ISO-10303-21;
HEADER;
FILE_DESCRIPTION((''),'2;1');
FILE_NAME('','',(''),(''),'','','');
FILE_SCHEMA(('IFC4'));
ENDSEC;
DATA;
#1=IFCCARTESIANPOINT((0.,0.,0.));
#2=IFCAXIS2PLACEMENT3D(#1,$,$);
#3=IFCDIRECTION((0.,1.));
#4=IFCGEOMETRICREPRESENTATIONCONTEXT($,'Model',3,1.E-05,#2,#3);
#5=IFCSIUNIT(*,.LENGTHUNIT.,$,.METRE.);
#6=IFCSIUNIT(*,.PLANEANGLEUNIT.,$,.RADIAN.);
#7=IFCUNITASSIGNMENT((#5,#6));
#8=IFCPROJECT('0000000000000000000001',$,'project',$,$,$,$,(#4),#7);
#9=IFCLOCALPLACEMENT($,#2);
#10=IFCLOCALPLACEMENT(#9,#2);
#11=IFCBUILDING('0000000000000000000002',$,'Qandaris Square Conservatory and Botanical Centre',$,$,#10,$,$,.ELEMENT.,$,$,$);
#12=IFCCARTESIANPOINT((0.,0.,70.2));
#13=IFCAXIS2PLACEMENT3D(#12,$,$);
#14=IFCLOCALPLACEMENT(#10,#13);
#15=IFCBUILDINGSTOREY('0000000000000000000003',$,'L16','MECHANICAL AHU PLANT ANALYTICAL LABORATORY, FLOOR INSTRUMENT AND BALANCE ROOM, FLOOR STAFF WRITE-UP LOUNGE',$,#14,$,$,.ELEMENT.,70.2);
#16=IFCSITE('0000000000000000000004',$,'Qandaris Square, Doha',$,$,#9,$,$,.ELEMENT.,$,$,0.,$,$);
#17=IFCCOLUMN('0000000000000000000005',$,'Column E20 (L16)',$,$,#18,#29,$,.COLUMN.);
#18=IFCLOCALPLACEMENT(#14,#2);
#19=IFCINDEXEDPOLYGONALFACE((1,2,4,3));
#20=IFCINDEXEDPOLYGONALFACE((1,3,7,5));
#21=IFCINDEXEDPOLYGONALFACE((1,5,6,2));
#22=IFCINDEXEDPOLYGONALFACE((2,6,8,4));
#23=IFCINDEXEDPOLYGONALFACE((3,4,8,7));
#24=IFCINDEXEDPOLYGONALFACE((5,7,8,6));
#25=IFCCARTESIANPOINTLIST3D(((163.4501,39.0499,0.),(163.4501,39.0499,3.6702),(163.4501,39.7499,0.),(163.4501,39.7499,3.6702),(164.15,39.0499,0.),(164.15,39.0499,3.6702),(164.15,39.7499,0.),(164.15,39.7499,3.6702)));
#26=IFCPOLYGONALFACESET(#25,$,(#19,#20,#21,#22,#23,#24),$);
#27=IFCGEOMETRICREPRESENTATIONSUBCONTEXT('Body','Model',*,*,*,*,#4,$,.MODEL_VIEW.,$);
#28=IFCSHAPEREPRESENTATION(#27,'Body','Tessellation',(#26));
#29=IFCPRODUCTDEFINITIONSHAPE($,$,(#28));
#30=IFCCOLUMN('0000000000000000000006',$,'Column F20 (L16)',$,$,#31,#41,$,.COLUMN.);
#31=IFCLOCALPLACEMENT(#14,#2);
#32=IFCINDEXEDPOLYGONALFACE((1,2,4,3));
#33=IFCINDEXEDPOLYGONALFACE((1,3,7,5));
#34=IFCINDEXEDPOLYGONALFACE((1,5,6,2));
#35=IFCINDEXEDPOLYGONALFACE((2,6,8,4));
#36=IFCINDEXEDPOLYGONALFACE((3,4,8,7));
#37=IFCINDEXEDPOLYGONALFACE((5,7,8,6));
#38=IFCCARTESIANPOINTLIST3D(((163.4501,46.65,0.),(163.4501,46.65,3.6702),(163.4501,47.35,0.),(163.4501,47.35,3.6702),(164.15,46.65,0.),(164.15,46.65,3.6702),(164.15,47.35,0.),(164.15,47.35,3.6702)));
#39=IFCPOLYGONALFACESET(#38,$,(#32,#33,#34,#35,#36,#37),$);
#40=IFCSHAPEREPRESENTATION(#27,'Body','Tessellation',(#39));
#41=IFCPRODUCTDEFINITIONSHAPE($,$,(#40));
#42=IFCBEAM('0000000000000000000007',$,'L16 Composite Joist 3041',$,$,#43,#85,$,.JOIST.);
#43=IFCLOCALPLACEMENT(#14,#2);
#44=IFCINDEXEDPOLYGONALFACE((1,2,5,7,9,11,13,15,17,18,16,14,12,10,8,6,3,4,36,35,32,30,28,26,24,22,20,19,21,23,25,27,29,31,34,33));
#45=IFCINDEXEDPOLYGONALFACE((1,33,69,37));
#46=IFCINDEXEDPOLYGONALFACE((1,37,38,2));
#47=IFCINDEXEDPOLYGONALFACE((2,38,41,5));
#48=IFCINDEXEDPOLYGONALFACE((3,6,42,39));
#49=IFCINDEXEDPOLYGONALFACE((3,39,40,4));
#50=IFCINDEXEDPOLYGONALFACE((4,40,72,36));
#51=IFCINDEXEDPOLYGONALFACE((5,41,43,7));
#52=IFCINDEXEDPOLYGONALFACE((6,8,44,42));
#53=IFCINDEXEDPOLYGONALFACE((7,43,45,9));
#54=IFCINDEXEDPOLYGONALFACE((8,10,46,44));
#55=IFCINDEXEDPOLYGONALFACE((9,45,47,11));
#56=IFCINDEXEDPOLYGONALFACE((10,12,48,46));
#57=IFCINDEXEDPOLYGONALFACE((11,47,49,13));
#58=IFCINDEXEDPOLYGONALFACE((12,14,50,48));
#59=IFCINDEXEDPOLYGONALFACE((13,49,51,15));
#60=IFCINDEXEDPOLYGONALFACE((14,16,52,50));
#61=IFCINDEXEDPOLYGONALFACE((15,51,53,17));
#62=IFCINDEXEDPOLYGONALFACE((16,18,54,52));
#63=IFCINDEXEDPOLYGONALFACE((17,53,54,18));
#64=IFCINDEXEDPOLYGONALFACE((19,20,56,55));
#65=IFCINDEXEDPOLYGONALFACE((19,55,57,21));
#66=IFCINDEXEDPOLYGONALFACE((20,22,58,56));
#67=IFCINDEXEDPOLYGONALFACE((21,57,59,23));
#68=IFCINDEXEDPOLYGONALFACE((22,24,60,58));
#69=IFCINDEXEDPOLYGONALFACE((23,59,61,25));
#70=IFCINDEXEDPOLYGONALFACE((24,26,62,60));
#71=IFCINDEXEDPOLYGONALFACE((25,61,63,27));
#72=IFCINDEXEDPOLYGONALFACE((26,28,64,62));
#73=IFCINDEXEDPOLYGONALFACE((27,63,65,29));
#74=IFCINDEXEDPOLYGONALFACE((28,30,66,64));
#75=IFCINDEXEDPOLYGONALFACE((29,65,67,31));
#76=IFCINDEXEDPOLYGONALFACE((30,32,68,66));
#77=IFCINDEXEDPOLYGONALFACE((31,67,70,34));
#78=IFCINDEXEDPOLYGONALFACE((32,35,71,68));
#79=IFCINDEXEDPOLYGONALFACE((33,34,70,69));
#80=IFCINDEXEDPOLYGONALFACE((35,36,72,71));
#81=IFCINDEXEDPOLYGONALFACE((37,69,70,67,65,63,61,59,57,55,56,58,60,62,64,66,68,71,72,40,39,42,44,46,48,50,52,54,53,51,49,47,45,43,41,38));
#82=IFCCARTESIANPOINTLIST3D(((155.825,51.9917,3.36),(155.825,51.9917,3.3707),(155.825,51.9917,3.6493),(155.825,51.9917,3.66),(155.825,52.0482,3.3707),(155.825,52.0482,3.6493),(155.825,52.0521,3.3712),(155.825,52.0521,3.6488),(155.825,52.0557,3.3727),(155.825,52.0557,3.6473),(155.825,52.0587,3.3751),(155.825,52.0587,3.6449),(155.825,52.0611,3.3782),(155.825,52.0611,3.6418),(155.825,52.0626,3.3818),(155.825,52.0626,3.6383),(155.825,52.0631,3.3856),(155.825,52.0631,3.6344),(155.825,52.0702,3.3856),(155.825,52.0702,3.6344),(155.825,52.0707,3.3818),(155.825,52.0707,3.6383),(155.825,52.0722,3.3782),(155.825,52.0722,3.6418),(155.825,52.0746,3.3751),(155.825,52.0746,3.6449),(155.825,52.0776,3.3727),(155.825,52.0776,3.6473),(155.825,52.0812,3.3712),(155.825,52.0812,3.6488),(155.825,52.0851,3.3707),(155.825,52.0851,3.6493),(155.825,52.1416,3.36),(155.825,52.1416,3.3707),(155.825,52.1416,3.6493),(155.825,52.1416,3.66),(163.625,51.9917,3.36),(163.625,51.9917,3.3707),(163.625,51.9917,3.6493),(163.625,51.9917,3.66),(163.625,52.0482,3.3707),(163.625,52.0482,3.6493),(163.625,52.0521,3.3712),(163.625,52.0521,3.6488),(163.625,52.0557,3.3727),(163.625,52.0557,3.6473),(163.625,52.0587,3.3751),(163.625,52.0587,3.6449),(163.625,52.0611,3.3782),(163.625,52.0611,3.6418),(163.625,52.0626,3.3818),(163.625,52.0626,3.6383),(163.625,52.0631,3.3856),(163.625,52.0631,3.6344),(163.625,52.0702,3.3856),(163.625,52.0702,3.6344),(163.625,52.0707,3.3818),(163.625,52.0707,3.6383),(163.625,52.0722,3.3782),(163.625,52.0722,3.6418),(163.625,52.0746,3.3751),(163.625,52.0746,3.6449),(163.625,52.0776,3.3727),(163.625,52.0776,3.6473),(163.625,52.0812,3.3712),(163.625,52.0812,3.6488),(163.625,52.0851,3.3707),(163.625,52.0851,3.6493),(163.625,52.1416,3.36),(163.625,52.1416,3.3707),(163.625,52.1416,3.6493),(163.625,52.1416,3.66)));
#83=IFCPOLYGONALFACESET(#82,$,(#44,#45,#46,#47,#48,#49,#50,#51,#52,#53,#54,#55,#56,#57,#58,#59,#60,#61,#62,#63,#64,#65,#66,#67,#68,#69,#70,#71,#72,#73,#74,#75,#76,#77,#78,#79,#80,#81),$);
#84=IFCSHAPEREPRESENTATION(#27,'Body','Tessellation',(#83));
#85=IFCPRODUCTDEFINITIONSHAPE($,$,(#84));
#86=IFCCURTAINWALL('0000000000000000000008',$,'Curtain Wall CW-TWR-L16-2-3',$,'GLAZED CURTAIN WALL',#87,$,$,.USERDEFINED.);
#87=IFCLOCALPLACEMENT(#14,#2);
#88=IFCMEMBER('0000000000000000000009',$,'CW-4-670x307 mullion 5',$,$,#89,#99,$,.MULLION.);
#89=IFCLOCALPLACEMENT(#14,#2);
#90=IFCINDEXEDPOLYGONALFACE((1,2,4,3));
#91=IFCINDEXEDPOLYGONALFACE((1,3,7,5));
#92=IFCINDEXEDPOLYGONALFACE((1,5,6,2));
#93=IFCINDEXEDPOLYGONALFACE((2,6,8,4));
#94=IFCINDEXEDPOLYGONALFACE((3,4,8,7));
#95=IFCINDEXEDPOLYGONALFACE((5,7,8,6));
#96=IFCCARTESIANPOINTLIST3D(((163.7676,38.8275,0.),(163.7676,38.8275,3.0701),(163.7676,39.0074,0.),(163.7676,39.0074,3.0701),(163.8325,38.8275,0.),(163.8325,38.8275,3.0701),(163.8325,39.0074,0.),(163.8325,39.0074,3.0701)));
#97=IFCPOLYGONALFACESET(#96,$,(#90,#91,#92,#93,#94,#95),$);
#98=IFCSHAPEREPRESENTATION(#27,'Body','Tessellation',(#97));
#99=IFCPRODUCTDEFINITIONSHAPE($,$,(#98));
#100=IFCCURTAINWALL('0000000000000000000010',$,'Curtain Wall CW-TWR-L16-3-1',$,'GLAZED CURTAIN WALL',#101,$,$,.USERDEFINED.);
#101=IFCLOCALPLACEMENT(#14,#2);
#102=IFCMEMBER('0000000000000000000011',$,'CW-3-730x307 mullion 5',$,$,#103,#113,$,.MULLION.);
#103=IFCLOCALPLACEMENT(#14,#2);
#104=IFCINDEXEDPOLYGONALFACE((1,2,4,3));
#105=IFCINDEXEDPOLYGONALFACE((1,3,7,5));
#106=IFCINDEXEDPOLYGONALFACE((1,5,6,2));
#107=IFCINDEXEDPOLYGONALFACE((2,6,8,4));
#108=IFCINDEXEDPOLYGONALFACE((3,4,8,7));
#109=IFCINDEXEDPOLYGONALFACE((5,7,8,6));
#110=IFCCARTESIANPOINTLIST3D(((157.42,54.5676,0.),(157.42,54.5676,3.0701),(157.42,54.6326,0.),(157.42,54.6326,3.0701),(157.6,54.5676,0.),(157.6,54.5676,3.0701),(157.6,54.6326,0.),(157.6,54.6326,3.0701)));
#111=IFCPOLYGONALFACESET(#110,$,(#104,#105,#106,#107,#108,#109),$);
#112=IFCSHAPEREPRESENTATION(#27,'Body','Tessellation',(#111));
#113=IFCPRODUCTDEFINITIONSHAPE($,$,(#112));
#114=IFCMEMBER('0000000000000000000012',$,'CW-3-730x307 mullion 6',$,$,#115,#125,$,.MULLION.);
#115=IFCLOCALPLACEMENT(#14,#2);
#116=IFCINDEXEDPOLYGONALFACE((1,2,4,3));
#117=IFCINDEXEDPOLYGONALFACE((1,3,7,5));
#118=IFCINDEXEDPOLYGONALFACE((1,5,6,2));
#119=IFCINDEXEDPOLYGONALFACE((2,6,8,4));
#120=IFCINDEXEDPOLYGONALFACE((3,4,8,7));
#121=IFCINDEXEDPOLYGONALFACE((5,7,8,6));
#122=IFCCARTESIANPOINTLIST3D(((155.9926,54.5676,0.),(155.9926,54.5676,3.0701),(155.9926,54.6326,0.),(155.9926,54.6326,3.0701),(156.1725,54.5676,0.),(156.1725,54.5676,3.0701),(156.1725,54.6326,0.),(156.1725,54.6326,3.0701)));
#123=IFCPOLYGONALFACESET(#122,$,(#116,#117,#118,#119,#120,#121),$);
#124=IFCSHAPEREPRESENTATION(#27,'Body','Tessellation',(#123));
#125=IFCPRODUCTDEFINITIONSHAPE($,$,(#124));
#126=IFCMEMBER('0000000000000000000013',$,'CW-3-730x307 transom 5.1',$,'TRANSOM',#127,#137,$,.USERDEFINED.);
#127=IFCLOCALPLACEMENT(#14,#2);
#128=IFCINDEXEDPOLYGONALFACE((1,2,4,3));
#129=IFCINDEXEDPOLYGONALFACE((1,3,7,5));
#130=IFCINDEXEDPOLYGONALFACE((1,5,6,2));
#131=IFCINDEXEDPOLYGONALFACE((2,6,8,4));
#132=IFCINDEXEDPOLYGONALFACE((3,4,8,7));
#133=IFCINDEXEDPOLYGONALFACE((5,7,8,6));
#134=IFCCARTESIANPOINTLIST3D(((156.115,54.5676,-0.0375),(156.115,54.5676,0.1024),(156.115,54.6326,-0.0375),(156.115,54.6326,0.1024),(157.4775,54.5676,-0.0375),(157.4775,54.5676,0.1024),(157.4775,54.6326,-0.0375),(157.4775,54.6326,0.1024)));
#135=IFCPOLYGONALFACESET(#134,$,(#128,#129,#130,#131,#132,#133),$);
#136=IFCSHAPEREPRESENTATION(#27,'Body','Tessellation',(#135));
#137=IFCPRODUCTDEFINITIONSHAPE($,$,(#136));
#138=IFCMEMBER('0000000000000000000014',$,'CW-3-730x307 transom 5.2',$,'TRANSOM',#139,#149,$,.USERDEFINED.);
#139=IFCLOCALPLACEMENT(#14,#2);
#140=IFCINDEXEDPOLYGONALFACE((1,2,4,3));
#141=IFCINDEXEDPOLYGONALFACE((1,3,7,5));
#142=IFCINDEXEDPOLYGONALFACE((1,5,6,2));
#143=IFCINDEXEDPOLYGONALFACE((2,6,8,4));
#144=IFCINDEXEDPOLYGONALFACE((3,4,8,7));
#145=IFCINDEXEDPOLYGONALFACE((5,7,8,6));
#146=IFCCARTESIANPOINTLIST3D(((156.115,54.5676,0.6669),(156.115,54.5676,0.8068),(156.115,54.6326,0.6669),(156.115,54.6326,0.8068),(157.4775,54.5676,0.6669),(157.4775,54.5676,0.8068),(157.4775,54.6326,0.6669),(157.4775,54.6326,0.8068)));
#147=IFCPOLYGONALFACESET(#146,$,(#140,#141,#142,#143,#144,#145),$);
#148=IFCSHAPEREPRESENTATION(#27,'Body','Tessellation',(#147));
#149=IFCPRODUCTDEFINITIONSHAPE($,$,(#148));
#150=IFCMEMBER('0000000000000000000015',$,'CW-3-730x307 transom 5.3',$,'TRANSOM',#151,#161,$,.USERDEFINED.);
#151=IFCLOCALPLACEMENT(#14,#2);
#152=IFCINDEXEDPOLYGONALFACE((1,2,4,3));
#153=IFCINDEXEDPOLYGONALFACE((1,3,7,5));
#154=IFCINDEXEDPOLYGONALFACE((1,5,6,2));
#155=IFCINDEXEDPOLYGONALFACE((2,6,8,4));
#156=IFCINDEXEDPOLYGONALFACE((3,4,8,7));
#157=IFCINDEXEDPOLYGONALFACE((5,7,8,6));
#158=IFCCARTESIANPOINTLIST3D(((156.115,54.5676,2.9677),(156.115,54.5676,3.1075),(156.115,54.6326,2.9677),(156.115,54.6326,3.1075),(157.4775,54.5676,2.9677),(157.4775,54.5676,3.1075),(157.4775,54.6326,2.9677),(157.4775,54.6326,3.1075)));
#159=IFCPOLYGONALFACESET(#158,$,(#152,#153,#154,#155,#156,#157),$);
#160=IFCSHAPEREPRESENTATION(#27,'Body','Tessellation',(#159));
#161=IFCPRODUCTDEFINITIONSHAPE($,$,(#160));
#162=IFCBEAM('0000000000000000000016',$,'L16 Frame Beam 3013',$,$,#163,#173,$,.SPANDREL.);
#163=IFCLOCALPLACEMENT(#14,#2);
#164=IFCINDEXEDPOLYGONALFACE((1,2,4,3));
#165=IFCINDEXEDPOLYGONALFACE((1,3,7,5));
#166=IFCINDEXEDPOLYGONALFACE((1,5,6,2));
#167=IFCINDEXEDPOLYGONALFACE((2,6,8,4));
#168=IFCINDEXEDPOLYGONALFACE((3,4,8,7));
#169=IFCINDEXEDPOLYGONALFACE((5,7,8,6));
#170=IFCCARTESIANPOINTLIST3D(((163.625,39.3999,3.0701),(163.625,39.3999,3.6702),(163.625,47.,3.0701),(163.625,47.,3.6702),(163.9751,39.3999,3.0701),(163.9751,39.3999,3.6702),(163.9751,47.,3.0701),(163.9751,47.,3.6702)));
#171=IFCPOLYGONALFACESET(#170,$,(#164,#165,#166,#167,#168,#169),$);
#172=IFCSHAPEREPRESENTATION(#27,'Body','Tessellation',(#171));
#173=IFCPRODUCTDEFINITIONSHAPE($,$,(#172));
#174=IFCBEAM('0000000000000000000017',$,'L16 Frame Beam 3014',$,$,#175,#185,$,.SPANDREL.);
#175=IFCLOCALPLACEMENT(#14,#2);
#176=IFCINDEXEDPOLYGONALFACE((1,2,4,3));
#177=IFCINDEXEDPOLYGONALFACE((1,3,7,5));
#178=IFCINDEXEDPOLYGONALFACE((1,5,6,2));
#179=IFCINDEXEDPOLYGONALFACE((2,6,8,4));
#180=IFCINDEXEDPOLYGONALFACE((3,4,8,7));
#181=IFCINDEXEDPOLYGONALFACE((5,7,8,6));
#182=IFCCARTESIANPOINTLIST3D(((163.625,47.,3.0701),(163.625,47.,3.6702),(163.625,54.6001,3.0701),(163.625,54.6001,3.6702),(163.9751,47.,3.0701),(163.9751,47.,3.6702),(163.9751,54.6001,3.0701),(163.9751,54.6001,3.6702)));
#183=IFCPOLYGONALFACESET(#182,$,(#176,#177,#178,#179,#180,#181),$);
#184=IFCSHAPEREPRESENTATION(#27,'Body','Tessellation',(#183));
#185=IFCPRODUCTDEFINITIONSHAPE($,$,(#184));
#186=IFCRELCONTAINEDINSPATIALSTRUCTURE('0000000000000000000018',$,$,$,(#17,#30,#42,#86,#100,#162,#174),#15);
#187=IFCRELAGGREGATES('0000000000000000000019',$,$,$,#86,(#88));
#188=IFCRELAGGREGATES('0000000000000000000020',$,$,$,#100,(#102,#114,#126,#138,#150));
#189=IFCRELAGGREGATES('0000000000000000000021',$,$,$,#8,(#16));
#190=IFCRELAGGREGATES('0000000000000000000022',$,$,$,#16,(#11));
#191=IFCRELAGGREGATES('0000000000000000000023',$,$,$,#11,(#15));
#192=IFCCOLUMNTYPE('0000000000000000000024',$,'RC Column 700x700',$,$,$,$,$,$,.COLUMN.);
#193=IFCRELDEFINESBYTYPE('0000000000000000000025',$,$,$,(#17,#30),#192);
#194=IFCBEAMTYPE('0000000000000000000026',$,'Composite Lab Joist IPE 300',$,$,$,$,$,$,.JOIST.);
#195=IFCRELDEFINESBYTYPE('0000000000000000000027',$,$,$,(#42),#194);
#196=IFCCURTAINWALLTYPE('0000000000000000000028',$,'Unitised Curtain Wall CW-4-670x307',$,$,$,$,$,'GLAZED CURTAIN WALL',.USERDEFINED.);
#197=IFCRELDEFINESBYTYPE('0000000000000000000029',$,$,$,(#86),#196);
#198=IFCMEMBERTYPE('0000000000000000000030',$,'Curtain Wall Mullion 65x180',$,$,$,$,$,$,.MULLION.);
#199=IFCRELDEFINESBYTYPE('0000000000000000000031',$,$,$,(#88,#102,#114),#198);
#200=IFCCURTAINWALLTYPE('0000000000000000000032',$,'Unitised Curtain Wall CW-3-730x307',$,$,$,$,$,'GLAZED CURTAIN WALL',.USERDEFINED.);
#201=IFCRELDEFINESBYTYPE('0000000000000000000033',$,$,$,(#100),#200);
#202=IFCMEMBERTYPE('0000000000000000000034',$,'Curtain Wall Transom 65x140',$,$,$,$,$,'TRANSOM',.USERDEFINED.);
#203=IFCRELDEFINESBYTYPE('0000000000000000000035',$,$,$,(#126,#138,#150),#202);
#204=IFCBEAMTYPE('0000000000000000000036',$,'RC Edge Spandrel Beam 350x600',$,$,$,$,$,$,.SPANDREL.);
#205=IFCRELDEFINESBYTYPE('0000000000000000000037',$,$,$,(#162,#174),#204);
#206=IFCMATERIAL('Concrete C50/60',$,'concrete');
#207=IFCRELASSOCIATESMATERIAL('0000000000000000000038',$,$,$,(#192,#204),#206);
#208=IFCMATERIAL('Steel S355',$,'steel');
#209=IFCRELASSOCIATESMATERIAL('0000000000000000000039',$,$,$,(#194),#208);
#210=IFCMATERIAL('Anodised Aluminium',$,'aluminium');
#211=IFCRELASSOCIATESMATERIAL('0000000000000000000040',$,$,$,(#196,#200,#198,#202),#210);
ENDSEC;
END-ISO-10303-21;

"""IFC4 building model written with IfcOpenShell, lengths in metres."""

from ifc_helpers import new_model, si_unit, direction, frame, origin, origin_2d, place, context, subcontext, project, spatial, rectangle, i_section, extrude, material, material_profile, profile_set, type_object, element, aggregate, save


model = new_model("IFC4")

# Units and contexts
model_context = context("Model", 3, precision=1e-05, world=origin(), true_north=direction((0.0, 1.0)))
body_context = subcontext(model_context, "Body", "Model", "MODEL_VIEW")
ifc_project = project(units=[si_unit("LENGTHUNIT", "METRE"), si_unit("PLANEANGLEUNIT", "RADIAN")], contexts=[model_context])

# Site, building, storey
site_placement = place(None, origin())
site = spatial("IfcSite", under=ifc_project, at=site_placement, Name="Qandaris Square, Doha", CompositionType="ELEMENT", RefElevation=0.0)
building_placement = place(site_placement, origin())
building = spatial("IfcBuilding", under=site, at=building_placement, Name="Qandaris Square Conservatory and Botanical Centre", CompositionType="ELEMENT")
storey_placement = place(building_placement, frame((0.0, 0.0, 70.2)))
storey = spatial("IfcBuildingStorey", under=building, at=storey_placement, Name="L16", Description="MECHANICAL AHU PLANT ANALYTICAL LABORATORY, FLOOR INSTRUMENT AND BALANCE ROOM, FLOOR STAFF WRITE-UP LOUNGE", CompositionType="ELEMENT", Elevation=70.2)

# Columns
ifc_material_1 = material(Name="Concrete C50/60", Category="concrete")
ifc_material_profile_1 = material_profile(ifc_material_1, rectangle(XDim=0.7, YDim=0.7, at=origin_2d()), Name="RC-COL 700x700")
ifc_profile_set_1 = profile_set([ifc_material_profile_1], Name="Concrete C50/60")
column_type = type_object("IfcColumnType", Name="RC Column 700x700", PredefinedType="COLUMN", material=ifc_profile_set_1)
for number, where, z_axis, x_axis, name in (
    (1, (163.8, 39.3999, 0.0), (0.0, 0.0, 1.0), (1.0, 0.0, 0.0), "Column E20 (L16)"),
    (2, (163.8, 47.0, 0.0), (0.0, 0.0, 1.0), (1.0, 0.0, 0.0), "Column F20 (L16)"),
):
    element("IfcColumn", number, at=place(storey_placement, frame(where, z_axis=z_axis, x_axis=x_axis)), inside=storey, type_object=column_type, Name=name, PredefinedType="COLUMN", context=body_context, shape_type="SweptSolid", body=[
        extrude(rectangle(XDim=0.7, YDim=0.7, at=origin_2d()), origin(), (0.0, 0.0, 1.0), 3.6702),
    ])

# Beam
ifc_material_2 = material(Name="Steel S355", Category="steel")
ifc_material_profile_2 = material_profile(ifc_material_2, i_section(OverallWidth=0.1499, OverallDepth=0.3, WebThickness=0.0071, FlangeThickness=0.0107, FilletRadius=0.0149, at=origin_2d()), Name="IPE 300")
ifc_profile_set_2 = profile_set([ifc_material_profile_2], Name="Steel S355")
beam_type_1 = type_object("IfcBeamType", Name="Composite Lab Joist IPE 300", PredefinedType="JOIST", material=ifc_profile_set_2)
beam_placement = place(storey_placement, frame((155.825, 52.0667, 3.51), z_axis=(1.0, 0.0, 0.0), x_axis=(0.0, 1.0, 0.0)))
element("IfcBeam", 3, at=beam_placement, inside=storey, type_object=beam_type_1, Name="L16 Composite Joist 3041", PredefinedType="JOIST", context=body_context, shape_type="SweptSolid", body=[
    extrude(i_section(OverallWidth=0.1499, OverallDepth=0.3, WebThickness=0.0071, FlangeThickness=0.0107, FilletRadius=0.0149, at=origin_2d()), origin(), (0.0, 0.0, 1.0), 7.8),
])

# Curtain wall, member
ifc_material_3 = material(Name="Anodised Aluminium", Category="aluminium")
curtain_wall_type_1 = type_object("IfcCurtainWallType", Name="Unitised Curtain Wall CW-4-670x307", ElementType="GLAZED CURTAIN WALL", PredefinedType="USERDEFINED", material=ifc_material_3)
curtain_wall_1_placement = place(storey_placement, origin())
curtain_wall_1 = element("IfcCurtainWall", 4, at=curtain_wall_1_placement, inside=storey, type_object=curtain_wall_type_1, Name="Curtain Wall CW-TWR-L16-2-3", ObjectType="GLAZED CURTAIN WALL", PredefinedType="USERDEFINED")
ifc_material_profile_3 = material_profile(ifc_material_3, rectangle(XDim=0.0649, YDim=0.1799, at=origin_2d()), Name="ALU-MUL 65x180")
ifc_profile_set_3 = profile_set([ifc_material_profile_3], Name="Anodised Aluminium")
member_type_1 = type_object("IfcMemberType", Name="Curtain Wall Mullion 65x180", PredefinedType="MULLION", material=ifc_profile_set_3)
member_1_placement = place(storey_placement, frame((163.8, 38.9175, 0.0), z_axis=(0.0, 0.0, 1.0), x_axis=(-1.0, 0.0, 0.0)))
member_1 = element("IfcMember", 5, at=member_1_placement, type_object=member_type_1, Name="CW-4-670x307 mullion 5", PredefinedType="MULLION", context=body_context, shape_type="SweptSolid", body=[
    extrude(rectangle(XDim=0.0649, YDim=0.1799, at=origin_2d()), origin(), (0.0, 0.0, 1.0), 3.0701),
])
aggregate(curtain_wall_1, [member_1])

# Curtain wall, members
curtain_wall_type_2 = type_object("IfcCurtainWallType", Name="Unitised Curtain Wall CW-3-730x307", ElementType="GLAZED CURTAIN WALL", PredefinedType="USERDEFINED", material=ifc_material_3)
curtain_wall_2_placement = place(storey_placement, origin())
curtain_wall_2 = element("IfcCurtainWall", 6, at=curtain_wall_2_placement, inside=storey, type_object=curtain_wall_type_2, Name="Curtain Wall CW-TWR-L16-3-1", ObjectType="GLAZED CURTAIN WALL", PredefinedType="USERDEFINED")
member_2_placement = place(storey_placement, frame((157.51, 54.6001, 0.0), z_axis=(0.0, 0.0, 1.0), x_axis=(0.0, -1.0, 0.0)))
member_2 = element("IfcMember", 7, at=member_2_placement, type_object=member_type_1, Name="CW-3-730x307 mullion 5", PredefinedType="MULLION", context=body_context, shape_type="SweptSolid", body=[
    extrude(rectangle(XDim=0.0649, YDim=0.1799, at=origin_2d()), origin(), (0.0, 0.0, 1.0), 3.0701),
])
member_3_placement = place(storey_placement, frame((156.0825, 54.6001, 0.0), z_axis=(0.0, 0.0, 1.0), x_axis=(0.0, -1.0, 0.0)))
member_3 = element("IfcMember", 8, at=member_3_placement, type_object=member_type_1, Name="CW-3-730x307 mullion 6", PredefinedType="MULLION", context=body_context, shape_type="SweptSolid", body=[
    extrude(rectangle(XDim=0.0649, YDim=0.1799, at=origin_2d()), origin(), (0.0, 0.0, 1.0), 3.0701),
])
ifc_material_profile_4 = material_profile(ifc_material_3, rectangle(XDim=0.0649, YDim=0.1399, at=origin_2d()), Name="ALU-TRN 65x140")
ifc_profile_set_4 = profile_set([ifc_material_profile_4], Name="Anodised Aluminium")
member_type_2 = type_object("IfcMemberType", Name="Curtain Wall Transom 65x140", ElementType="TRANSOM", PredefinedType="USERDEFINED", material=ifc_profile_set_4)
member_4_placement = place(storey_placement, frame((157.4775, 54.6001, 0.0325), z_axis=(-1.0, 0.0, 0.0), x_axis=(0.0, -1.0, 0.0)))
member_4 = element("IfcMember", 9, at=member_4_placement, type_object=member_type_2, Name="CW-3-730x307 transom 5.1", ObjectType="TRANSOM", PredefinedType="USERDEFINED", context=body_context, shape_type="SweptSolid", body=[
    extrude(rectangle(XDim=0.0649, YDim=0.1399, at=origin_2d()), origin(), (0.0, 0.0, 1.0), 1.3625),
])
member_5_placement = place(storey_placement, frame((157.4775, 54.6001, 0.7368), z_axis=(-1.0, 0.0, 0.0), x_axis=(0.0, -1.0, 0.0)))
member_5 = element("IfcMember", 10, at=member_5_placement, type_object=member_type_2, Name="CW-3-730x307 transom 5.2", ObjectType="TRANSOM", PredefinedType="USERDEFINED", context=body_context, shape_type="SweptSolid", body=[
    extrude(rectangle(XDim=0.0649, YDim=0.1399, at=origin_2d()), origin(), (0.0, 0.0, 1.0), 1.3625),
])
member_6_placement = place(storey_placement, frame((157.4775, 54.6001, 3.0376), z_axis=(-1.0, 0.0, 0.0), x_axis=(0.0, -1.0, 0.0)))
member_6 = element("IfcMember", 11, at=member_6_placement, type_object=member_type_2, Name="CW-3-730x307 transom 5.3", ObjectType="TRANSOM", PredefinedType="USERDEFINED", context=body_context, shape_type="SweptSolid", body=[
    extrude(rectangle(XDim=0.0649, YDim=0.1399, at=origin_2d()), origin(), (0.0, 0.0, 1.0), 1.3625),
])

# Beams
ifc_material_profile_5 = material_profile(ifc_material_1, rectangle(XDim=0.3501, YDim=0.6001, at=origin_2d()), Name="RC-SP 350x600")
ifc_profile_set_5 = profile_set([ifc_material_profile_5], Name="Concrete C50/60")
beam_type_2 = type_object("IfcBeamType", Name="RC Edge Spandrel Beam 350x600", PredefinedType="SPANDREL", material=ifc_profile_set_5)
for number, where, z_axis, x_axis, name in (
    (12, (163.8, 39.3999, 3.3701), (0.0, 1.0, 0.0), (-1.0, 0.0, 0.0), "L16 Frame Beam 3013"),
    (13, (163.8, 47.0, 3.3701), (0.0, 1.0, 0.0), (-1.0, 0.0, 0.0), "L16 Frame Beam 3014"),
):
    element("IfcBeam", number, at=place(storey_placement, frame(where, z_axis=z_axis, x_axis=x_axis)), inside=storey, type_object=beam_type_2, Name=name, PredefinedType="SPANDREL", context=body_context, shape_type="SweptSolid", body=[
        extrude(rectangle(XDim=0.3501, YDim=0.6001, at=origin_2d()), origin(), (0.0, 0.0, 1.0), 7.6001),
    ])

aggregate(curtain_wall_2, [member_2, member_3, member_4, member_5, member_6])

save(model, "model.ifc")
